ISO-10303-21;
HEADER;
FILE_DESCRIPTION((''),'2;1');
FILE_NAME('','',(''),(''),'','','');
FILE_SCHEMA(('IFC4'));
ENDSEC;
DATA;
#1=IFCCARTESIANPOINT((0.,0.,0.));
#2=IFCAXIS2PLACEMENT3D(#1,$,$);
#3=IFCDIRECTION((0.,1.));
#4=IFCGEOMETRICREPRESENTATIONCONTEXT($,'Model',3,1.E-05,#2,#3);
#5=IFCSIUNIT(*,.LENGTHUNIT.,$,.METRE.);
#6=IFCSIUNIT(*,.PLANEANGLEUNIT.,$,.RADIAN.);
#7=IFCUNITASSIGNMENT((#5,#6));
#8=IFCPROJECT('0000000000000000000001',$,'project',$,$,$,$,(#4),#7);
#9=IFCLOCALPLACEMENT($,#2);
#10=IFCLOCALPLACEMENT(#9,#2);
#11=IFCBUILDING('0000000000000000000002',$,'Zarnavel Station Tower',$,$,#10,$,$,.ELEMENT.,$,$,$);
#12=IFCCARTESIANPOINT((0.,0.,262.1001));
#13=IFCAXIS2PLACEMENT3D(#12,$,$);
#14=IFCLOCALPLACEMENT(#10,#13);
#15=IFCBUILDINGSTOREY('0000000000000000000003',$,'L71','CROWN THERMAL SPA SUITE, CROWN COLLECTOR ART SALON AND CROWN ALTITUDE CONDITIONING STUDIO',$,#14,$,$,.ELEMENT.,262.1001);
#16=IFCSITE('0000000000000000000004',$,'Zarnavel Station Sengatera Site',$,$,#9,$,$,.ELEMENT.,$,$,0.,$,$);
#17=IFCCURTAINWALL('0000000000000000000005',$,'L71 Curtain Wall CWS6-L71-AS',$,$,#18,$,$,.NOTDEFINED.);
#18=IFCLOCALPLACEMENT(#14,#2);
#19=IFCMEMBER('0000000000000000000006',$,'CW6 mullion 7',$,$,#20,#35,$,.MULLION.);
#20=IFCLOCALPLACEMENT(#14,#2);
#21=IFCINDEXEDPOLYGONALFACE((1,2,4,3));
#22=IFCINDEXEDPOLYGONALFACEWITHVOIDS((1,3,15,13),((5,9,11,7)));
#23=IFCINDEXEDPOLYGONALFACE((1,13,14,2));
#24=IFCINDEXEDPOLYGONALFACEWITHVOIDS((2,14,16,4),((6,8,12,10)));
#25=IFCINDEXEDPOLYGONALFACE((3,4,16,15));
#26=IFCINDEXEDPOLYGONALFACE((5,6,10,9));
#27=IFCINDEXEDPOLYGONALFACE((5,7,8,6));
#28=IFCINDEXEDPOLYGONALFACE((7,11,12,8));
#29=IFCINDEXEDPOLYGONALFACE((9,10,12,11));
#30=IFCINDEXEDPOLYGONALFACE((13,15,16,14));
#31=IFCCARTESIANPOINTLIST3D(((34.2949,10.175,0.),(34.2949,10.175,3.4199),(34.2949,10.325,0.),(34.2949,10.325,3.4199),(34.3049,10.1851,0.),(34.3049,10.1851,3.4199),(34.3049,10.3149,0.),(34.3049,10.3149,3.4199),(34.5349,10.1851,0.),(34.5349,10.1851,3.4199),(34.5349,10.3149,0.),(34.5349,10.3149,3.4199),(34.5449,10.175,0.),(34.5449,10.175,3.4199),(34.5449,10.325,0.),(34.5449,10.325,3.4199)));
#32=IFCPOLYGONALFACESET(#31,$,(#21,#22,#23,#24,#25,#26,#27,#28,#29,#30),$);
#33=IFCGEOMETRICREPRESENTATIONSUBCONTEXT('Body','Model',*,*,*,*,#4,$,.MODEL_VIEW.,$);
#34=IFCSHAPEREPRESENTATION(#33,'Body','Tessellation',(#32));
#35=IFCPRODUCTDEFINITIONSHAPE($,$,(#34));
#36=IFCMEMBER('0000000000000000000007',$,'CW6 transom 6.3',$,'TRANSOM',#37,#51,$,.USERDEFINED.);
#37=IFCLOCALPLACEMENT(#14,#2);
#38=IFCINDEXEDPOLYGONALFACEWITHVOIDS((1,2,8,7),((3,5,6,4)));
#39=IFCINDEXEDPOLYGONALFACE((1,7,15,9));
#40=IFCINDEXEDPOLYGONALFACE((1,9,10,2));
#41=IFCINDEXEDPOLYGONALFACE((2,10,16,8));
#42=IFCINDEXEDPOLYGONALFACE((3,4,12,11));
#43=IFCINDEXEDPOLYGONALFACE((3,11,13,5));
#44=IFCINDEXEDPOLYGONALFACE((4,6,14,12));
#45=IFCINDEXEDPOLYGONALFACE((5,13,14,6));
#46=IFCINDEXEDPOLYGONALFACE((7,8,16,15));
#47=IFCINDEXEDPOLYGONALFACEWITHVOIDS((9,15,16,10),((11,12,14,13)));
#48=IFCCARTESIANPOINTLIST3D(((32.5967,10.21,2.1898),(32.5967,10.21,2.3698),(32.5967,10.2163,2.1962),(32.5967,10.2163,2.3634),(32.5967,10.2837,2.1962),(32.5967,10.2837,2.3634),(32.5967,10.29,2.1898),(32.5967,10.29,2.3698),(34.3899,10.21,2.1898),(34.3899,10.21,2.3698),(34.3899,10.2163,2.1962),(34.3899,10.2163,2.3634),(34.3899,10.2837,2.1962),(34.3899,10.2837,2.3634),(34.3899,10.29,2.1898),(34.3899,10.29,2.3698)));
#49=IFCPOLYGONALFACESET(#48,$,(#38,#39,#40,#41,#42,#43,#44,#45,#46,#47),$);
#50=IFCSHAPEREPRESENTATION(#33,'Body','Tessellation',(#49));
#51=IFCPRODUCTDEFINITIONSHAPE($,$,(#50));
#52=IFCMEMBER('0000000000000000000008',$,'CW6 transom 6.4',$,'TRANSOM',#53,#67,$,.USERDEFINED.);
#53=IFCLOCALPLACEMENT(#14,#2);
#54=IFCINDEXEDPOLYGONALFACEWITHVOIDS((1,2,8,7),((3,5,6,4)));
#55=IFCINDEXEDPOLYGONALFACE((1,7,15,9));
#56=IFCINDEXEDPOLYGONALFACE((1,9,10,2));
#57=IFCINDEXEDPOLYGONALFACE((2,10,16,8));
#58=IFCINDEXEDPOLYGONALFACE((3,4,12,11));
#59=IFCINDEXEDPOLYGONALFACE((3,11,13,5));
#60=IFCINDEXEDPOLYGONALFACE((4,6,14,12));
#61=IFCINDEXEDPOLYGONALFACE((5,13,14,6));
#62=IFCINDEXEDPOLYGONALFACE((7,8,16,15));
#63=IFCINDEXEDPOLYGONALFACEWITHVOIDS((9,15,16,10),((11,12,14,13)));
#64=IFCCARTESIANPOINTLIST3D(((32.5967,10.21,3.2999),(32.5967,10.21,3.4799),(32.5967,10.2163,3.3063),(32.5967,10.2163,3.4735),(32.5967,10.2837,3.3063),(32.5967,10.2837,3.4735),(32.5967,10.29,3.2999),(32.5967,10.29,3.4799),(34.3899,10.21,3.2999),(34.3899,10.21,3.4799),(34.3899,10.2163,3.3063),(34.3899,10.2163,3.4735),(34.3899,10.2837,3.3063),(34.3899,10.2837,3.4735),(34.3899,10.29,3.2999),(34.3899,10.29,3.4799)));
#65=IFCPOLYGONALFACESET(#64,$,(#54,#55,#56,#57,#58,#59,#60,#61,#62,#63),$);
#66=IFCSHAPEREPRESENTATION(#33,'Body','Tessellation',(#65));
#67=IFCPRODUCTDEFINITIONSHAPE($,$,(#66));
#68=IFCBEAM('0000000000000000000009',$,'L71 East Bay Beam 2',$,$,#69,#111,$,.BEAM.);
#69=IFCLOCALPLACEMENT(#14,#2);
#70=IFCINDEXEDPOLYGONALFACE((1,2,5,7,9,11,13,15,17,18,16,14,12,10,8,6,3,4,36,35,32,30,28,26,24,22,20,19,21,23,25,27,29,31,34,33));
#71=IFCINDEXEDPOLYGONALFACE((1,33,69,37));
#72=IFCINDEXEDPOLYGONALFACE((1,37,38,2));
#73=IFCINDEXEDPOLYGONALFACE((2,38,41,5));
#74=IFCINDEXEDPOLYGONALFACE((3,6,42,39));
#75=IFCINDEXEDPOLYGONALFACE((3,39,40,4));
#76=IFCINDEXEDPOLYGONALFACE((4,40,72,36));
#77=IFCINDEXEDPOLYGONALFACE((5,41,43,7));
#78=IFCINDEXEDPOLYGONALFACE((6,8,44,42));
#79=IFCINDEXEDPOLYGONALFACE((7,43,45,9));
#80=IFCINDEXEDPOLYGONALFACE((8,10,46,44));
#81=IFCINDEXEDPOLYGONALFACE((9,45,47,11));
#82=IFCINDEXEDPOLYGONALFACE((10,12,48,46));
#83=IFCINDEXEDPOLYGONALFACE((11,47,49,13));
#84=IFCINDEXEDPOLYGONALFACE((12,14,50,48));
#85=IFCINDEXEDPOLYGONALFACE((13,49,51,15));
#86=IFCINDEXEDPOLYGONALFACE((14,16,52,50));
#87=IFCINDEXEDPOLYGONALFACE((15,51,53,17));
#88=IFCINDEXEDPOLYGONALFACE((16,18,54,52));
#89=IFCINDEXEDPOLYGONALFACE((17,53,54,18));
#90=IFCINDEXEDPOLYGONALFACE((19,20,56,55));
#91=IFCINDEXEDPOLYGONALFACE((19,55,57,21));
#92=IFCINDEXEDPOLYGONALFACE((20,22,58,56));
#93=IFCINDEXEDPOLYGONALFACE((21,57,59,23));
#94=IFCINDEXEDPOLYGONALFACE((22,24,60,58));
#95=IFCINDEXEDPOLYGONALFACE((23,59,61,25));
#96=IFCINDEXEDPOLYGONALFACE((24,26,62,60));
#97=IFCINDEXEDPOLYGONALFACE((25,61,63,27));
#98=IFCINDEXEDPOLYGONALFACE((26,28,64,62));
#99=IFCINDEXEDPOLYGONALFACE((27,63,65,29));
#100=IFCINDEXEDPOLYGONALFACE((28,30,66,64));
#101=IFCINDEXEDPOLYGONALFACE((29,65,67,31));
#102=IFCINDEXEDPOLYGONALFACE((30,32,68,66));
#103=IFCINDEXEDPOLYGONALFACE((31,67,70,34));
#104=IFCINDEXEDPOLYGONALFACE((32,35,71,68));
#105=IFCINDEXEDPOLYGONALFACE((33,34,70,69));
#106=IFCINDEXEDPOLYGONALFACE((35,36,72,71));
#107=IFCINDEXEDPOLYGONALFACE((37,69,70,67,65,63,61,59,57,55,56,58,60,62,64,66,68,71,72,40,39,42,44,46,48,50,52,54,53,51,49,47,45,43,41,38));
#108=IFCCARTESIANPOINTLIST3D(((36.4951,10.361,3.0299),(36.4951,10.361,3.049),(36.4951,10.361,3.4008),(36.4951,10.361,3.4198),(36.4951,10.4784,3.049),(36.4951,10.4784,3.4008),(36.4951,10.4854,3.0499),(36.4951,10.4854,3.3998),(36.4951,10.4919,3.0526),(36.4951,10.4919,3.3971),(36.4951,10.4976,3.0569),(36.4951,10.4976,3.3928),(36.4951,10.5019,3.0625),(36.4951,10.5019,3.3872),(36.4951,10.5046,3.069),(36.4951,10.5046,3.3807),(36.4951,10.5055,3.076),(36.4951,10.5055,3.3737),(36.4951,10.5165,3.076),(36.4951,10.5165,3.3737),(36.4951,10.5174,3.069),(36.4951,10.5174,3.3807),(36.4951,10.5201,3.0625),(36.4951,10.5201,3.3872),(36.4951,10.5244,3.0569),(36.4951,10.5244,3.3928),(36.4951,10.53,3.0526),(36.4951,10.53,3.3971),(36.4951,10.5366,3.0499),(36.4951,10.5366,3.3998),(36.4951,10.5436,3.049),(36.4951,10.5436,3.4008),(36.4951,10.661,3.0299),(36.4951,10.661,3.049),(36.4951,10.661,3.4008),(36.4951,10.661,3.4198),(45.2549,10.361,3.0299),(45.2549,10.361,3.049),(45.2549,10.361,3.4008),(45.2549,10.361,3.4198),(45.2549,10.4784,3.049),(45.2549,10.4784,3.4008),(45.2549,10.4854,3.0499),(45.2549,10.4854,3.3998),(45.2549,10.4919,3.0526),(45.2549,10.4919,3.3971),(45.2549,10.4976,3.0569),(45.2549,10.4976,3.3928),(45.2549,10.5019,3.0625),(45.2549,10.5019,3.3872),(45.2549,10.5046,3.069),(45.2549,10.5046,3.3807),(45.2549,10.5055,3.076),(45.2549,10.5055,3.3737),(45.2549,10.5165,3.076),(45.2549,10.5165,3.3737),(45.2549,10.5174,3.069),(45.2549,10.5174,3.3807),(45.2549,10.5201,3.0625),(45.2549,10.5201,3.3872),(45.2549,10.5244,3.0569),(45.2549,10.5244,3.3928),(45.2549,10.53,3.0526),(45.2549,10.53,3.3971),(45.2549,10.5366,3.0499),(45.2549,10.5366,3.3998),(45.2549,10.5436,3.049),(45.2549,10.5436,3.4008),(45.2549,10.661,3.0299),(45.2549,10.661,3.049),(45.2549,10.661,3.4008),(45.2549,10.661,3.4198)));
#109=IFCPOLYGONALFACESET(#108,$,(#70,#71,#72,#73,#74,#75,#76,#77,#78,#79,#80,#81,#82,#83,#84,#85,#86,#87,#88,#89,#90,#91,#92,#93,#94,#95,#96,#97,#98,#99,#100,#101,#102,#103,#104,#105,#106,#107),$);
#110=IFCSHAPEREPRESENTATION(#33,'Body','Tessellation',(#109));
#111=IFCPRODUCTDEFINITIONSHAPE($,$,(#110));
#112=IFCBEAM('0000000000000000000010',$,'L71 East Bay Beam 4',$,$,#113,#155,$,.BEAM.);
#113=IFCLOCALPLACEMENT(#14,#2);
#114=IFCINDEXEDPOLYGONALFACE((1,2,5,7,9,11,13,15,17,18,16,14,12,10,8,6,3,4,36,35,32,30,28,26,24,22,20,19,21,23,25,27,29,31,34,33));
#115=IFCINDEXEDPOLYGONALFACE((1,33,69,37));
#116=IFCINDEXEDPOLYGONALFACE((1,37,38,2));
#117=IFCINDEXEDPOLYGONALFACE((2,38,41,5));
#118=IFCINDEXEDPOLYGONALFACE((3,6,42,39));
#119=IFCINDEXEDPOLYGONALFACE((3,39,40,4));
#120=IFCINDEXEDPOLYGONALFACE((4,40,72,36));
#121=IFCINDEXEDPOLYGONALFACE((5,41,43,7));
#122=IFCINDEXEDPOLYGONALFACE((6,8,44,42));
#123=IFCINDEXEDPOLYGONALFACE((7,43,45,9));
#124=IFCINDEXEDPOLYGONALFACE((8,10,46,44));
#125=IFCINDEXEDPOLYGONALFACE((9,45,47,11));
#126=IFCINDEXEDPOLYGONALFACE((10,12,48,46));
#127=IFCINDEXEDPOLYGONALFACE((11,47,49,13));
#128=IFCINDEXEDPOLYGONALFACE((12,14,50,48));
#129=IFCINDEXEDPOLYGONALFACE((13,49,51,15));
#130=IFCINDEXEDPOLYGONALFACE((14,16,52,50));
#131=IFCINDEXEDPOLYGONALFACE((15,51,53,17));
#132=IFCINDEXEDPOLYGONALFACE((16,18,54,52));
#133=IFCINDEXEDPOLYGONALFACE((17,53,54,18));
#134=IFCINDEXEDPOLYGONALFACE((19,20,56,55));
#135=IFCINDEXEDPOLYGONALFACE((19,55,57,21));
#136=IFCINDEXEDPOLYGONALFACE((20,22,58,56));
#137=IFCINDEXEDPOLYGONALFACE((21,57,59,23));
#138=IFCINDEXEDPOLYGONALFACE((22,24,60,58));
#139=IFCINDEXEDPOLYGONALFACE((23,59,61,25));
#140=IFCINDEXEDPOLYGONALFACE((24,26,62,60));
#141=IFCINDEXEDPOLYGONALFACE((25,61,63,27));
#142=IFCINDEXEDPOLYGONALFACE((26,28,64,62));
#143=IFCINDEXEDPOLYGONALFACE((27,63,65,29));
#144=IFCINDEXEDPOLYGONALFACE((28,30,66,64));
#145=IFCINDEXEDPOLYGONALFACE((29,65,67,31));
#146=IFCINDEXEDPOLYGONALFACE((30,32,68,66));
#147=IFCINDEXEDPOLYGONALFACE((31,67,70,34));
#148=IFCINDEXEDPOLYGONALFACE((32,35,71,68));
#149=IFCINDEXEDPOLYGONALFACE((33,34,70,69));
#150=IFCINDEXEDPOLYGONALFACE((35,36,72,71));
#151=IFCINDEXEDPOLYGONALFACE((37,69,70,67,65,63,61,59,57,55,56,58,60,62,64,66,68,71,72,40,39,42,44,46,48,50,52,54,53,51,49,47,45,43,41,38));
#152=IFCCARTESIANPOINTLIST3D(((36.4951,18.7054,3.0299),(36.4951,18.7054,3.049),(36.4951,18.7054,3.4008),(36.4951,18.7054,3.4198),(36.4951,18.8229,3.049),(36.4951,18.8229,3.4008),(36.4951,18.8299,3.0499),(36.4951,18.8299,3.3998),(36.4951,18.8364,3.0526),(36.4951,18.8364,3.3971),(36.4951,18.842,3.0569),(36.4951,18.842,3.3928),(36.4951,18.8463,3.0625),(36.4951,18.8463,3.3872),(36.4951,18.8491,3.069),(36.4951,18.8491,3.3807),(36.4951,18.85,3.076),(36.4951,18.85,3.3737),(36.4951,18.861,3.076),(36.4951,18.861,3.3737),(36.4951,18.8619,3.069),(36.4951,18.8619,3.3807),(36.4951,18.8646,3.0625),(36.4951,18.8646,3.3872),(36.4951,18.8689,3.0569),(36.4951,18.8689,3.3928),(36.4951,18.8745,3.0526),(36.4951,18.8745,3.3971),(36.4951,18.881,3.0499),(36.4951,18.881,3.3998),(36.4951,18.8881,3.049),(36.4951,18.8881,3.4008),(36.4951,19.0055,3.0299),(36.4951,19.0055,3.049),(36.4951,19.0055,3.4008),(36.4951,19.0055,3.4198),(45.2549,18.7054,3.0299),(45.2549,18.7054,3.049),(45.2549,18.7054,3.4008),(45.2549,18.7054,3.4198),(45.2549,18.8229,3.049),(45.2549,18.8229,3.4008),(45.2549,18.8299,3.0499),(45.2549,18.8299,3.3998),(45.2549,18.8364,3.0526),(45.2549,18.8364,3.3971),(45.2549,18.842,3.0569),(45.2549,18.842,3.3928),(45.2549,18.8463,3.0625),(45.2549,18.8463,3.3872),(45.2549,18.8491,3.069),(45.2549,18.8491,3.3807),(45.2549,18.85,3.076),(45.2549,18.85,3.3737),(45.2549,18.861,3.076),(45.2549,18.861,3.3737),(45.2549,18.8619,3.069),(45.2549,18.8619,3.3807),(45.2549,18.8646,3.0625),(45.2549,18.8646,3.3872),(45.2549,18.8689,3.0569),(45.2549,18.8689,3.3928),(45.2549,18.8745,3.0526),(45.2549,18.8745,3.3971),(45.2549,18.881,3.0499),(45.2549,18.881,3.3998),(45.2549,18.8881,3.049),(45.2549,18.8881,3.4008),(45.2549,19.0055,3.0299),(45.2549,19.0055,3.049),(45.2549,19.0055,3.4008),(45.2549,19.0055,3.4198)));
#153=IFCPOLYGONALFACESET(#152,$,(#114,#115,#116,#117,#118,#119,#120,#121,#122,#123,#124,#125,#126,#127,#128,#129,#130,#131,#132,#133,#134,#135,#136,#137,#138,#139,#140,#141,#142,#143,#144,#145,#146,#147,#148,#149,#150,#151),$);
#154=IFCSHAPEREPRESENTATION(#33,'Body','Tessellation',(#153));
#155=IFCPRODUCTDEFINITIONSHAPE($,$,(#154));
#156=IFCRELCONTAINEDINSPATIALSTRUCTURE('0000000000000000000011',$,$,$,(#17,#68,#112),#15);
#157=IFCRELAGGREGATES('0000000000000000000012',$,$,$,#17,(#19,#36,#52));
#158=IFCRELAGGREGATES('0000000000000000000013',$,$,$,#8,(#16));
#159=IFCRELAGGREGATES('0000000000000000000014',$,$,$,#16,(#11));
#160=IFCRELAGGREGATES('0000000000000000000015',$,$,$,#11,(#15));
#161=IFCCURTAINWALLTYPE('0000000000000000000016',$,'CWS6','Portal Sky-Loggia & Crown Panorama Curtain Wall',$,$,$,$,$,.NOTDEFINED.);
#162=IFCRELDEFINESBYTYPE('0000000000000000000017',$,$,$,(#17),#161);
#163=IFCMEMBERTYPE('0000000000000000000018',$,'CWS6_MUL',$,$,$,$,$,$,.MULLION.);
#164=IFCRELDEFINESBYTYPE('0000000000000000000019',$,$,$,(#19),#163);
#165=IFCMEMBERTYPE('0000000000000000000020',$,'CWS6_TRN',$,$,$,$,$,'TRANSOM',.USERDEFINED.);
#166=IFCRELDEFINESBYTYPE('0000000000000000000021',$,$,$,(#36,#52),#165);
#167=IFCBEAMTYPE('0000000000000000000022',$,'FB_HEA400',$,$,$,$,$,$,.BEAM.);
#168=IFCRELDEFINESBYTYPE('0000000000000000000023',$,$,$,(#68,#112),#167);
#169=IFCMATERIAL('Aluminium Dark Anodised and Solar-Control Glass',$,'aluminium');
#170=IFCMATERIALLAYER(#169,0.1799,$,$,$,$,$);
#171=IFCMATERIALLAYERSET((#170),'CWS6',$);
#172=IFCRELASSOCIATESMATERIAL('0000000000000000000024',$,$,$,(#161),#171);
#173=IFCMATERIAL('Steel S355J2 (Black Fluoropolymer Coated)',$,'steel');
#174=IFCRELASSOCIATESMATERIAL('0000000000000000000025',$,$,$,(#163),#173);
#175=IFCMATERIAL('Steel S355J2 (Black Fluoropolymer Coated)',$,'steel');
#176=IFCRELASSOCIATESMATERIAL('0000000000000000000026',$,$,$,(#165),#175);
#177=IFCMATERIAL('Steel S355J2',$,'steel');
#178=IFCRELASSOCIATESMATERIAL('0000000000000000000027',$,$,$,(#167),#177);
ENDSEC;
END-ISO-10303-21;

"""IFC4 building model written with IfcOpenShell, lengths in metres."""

from ifc_helpers import new_model, si_unit, direction, frame, origin, origin_2d, place, context, subcontext, project, spatial, hollow_rectangle, i_section, extrude, material, layer, layer_set, material_profile, profile_set, type_object, element, aggregate, save


model = new_model("IFC4")

# Units and contexts
model_context = context("Model", 3, precision=1e-05, world=origin(), true_north=direction((0.0, 1.0)))
body_context = subcontext(model_context, "Body", "Model", "MODEL_VIEW")
ifc_project = project(units=[si_unit("LENGTHUNIT", "METRE"), si_unit("PLANEANGLEUNIT", "RADIAN")], contexts=[model_context])

# Site, building, storey
site_placement = place(None, origin())
site = spatial("IfcSite", under=ifc_project, at=site_placement, Name="Zarnavel Station Sengatera Site", CompositionType="ELEMENT", RefElevation=0.0)
building_placement = place(site_placement, origin())
building = spatial("IfcBuilding", under=site, at=building_placement, Name="Zarnavel Station Tower", CompositionType="ELEMENT")
storey_placement = place(building_placement, frame((0.0, 0.0, 262.1001)))
storey = spatial("IfcBuildingStorey", under=building, at=storey_placement, Name="L71", Description="CROWN THERMAL SPA SUITE, CROWN COLLECTOR ART SALON AND CROWN ALTITUDE CONDITIONING STUDIO", CompositionType="ELEMENT", Elevation=262.1001)

# Curtain wall, members
ifc_material_1 = material(Name="Aluminium Dark Anodised and Solar-Control Glass", Category="aluminium")
ifc_layer_1 = layer(ifc_material_1, 0.1799)
ifc_layer_set_1 = layer_set([ifc_layer_1], Name="CWS6")
curtain_wall_type = type_object("IfcCurtainWallType", Name="CWS6", Description="Portal Sky-Loggia & Crown Panorama Curtain Wall", PredefinedType="NOTDEFINED", material=ifc_layer_set_1)
curtain_wall_placement = place(storey_placement, origin())
curtain_wall = element("IfcCurtainWall", 1, at=curtain_wall_placement, inside=storey, type_object=curtain_wall_type, Name="L71 Curtain Wall CWS6-L71-AS", PredefinedType="NOTDEFINED")
ifc_material_2 = material(Name="Steel S355J2 (Black Fluoropolymer Coated)", Category="steel")
ifc_material_profile_1 = material_profile(ifc_material_2, hollow_rectangle(XDim=0.1499, YDim=0.25, WallThickness=0.01, at=origin_2d()), Name="RHS250x150x10")
ifc_profile_set_1 = profile_set([ifc_material_profile_1], Name="Steel S355J2 (Black Fluoropolymer Coated)")
member_type_1 = type_object("IfcMemberType", Name="CWS6_MUL", PredefinedType="MULLION", material=ifc_profile_set_1)
member_1_placement = place(storey_placement, frame((34.4199, 10.25, 0.0), z_axis=(0.0, 0.0, 1.0), x_axis=(0.0, 1.0, 0.0)))
member_1 = element("IfcMember", 2, at=member_1_placement, type_object=member_type_1, Name="CW6 mullion 7", PredefinedType="MULLION", context=body_context, shape_type="SweptSolid", body=[
    extrude(hollow_rectangle(XDim=0.1499, YDim=0.25, WallThickness=0.01, at=origin_2d()), origin(), (0.0, 0.0, 1.0), 3.4199),
])
ifc_material_3 = material(Name="Steel S355J2 (Black Fluoropolymer Coated)", Category="steel")
ifc_material_profile_2 = material_profile(ifc_material_3, hollow_rectangle(XDim=0.0801, YDim=0.1799, WallThickness=0.0063, at=origin_2d()), Name="RHS180x80x6.3")
ifc_profile_set_2 = profile_set([ifc_material_profile_2], Name="Steel S355J2 (Black Fluoropolymer Coated)")
member_type_2 = type_object("IfcMemberType", Name="CWS6_TRN", ElementType="TRANSOM", PredefinedType="USERDEFINED", material=ifc_profile_set_2)
member_2_placement = place(storey_placement, frame((32.5967, 10.25, 2.2798), z_axis=(1.0, 0.0, 0.0), x_axis=(0.0, 1.0, 0.0)))
member_2 = element("IfcMember", 3, at=member_2_placement, type_object=member_type_2, Name="CW6 transom 6.3", ObjectType="TRANSOM", PredefinedType="USERDEFINED", context=body_context, shape_type="SweptSolid", body=[
    extrude(hollow_rectangle(XDim=0.0801, YDim=0.1799, WallThickness=0.0063, at=origin_2d()), origin(), (0.0, 0.0, 1.0), 1.7932),
])
member_3_placement = place(storey_placement, frame((32.5967, 10.25, 3.3899), z_axis=(1.0, 0.0, 0.0), x_axis=(0.0, 1.0, 0.0)))
member_3 = element("IfcMember", 4, at=member_3_placement, type_object=member_type_2, Name="CW6 transom 6.4", ObjectType="TRANSOM", PredefinedType="USERDEFINED", context=body_context, shape_type="SweptSolid", body=[
    extrude(hollow_rectangle(XDim=0.0801, YDim=0.1799, WallThickness=0.0063, at=origin_2d()), origin(), (0.0, 0.0, 1.0), 1.7932),
])

# Beams
ifc_material_4 = material(Name="Steel S355J2", Category="steel")
ifc_material_profile_3 = material_profile(ifc_material_4, i_section(OverallWidth=0.3, OverallDepth=0.3899, WebThickness=0.011, FlangeThickness=0.019, FilletRadius=0.0271, at=origin_2d()), Name="HEA400")
ifc_profile_set_3 = profile_set([ifc_material_profile_3], Name="Steel S355J2")
beam_type_1 = type_object("IfcBeamType", Name="FB_HEA400", PredefinedType="BEAM", material=ifc_profile_set_3)
for number, where, z_axis, x_axis, name in (
    (5, (36.4951, 10.511, 3.2249), (1.0, 0.0, 0.0), (0.0, 1.0, 0.0), "L71 East Bay Beam 2"),
    (6, (36.4951, 18.8555, 3.2249), (1.0, 0.0, 0.0), (0.0, 1.0, 0.0), "L71 East Bay Beam 4"),
):
    element("IfcBeam", number, at=place(storey_placement, frame(where, z_axis=z_axis, x_axis=x_axis)), inside=storey, type_object=beam_type_1, Name=name, PredefinedType="BEAM", context=body_context, shape_type="SweptSolid", body=[
        extrude(i_section(OverallWidth=0.3, OverallDepth=0.3899, WebThickness=0.011, FlangeThickness=0.019, FilletRadius=0.0271, at=origin_2d()), origin(), (0.0, 0.0, 1.0), 8.7598),
    ])

aggregate(curtain_wall, [member_1, member_2, member_3])

save(model, "model.ifc")
